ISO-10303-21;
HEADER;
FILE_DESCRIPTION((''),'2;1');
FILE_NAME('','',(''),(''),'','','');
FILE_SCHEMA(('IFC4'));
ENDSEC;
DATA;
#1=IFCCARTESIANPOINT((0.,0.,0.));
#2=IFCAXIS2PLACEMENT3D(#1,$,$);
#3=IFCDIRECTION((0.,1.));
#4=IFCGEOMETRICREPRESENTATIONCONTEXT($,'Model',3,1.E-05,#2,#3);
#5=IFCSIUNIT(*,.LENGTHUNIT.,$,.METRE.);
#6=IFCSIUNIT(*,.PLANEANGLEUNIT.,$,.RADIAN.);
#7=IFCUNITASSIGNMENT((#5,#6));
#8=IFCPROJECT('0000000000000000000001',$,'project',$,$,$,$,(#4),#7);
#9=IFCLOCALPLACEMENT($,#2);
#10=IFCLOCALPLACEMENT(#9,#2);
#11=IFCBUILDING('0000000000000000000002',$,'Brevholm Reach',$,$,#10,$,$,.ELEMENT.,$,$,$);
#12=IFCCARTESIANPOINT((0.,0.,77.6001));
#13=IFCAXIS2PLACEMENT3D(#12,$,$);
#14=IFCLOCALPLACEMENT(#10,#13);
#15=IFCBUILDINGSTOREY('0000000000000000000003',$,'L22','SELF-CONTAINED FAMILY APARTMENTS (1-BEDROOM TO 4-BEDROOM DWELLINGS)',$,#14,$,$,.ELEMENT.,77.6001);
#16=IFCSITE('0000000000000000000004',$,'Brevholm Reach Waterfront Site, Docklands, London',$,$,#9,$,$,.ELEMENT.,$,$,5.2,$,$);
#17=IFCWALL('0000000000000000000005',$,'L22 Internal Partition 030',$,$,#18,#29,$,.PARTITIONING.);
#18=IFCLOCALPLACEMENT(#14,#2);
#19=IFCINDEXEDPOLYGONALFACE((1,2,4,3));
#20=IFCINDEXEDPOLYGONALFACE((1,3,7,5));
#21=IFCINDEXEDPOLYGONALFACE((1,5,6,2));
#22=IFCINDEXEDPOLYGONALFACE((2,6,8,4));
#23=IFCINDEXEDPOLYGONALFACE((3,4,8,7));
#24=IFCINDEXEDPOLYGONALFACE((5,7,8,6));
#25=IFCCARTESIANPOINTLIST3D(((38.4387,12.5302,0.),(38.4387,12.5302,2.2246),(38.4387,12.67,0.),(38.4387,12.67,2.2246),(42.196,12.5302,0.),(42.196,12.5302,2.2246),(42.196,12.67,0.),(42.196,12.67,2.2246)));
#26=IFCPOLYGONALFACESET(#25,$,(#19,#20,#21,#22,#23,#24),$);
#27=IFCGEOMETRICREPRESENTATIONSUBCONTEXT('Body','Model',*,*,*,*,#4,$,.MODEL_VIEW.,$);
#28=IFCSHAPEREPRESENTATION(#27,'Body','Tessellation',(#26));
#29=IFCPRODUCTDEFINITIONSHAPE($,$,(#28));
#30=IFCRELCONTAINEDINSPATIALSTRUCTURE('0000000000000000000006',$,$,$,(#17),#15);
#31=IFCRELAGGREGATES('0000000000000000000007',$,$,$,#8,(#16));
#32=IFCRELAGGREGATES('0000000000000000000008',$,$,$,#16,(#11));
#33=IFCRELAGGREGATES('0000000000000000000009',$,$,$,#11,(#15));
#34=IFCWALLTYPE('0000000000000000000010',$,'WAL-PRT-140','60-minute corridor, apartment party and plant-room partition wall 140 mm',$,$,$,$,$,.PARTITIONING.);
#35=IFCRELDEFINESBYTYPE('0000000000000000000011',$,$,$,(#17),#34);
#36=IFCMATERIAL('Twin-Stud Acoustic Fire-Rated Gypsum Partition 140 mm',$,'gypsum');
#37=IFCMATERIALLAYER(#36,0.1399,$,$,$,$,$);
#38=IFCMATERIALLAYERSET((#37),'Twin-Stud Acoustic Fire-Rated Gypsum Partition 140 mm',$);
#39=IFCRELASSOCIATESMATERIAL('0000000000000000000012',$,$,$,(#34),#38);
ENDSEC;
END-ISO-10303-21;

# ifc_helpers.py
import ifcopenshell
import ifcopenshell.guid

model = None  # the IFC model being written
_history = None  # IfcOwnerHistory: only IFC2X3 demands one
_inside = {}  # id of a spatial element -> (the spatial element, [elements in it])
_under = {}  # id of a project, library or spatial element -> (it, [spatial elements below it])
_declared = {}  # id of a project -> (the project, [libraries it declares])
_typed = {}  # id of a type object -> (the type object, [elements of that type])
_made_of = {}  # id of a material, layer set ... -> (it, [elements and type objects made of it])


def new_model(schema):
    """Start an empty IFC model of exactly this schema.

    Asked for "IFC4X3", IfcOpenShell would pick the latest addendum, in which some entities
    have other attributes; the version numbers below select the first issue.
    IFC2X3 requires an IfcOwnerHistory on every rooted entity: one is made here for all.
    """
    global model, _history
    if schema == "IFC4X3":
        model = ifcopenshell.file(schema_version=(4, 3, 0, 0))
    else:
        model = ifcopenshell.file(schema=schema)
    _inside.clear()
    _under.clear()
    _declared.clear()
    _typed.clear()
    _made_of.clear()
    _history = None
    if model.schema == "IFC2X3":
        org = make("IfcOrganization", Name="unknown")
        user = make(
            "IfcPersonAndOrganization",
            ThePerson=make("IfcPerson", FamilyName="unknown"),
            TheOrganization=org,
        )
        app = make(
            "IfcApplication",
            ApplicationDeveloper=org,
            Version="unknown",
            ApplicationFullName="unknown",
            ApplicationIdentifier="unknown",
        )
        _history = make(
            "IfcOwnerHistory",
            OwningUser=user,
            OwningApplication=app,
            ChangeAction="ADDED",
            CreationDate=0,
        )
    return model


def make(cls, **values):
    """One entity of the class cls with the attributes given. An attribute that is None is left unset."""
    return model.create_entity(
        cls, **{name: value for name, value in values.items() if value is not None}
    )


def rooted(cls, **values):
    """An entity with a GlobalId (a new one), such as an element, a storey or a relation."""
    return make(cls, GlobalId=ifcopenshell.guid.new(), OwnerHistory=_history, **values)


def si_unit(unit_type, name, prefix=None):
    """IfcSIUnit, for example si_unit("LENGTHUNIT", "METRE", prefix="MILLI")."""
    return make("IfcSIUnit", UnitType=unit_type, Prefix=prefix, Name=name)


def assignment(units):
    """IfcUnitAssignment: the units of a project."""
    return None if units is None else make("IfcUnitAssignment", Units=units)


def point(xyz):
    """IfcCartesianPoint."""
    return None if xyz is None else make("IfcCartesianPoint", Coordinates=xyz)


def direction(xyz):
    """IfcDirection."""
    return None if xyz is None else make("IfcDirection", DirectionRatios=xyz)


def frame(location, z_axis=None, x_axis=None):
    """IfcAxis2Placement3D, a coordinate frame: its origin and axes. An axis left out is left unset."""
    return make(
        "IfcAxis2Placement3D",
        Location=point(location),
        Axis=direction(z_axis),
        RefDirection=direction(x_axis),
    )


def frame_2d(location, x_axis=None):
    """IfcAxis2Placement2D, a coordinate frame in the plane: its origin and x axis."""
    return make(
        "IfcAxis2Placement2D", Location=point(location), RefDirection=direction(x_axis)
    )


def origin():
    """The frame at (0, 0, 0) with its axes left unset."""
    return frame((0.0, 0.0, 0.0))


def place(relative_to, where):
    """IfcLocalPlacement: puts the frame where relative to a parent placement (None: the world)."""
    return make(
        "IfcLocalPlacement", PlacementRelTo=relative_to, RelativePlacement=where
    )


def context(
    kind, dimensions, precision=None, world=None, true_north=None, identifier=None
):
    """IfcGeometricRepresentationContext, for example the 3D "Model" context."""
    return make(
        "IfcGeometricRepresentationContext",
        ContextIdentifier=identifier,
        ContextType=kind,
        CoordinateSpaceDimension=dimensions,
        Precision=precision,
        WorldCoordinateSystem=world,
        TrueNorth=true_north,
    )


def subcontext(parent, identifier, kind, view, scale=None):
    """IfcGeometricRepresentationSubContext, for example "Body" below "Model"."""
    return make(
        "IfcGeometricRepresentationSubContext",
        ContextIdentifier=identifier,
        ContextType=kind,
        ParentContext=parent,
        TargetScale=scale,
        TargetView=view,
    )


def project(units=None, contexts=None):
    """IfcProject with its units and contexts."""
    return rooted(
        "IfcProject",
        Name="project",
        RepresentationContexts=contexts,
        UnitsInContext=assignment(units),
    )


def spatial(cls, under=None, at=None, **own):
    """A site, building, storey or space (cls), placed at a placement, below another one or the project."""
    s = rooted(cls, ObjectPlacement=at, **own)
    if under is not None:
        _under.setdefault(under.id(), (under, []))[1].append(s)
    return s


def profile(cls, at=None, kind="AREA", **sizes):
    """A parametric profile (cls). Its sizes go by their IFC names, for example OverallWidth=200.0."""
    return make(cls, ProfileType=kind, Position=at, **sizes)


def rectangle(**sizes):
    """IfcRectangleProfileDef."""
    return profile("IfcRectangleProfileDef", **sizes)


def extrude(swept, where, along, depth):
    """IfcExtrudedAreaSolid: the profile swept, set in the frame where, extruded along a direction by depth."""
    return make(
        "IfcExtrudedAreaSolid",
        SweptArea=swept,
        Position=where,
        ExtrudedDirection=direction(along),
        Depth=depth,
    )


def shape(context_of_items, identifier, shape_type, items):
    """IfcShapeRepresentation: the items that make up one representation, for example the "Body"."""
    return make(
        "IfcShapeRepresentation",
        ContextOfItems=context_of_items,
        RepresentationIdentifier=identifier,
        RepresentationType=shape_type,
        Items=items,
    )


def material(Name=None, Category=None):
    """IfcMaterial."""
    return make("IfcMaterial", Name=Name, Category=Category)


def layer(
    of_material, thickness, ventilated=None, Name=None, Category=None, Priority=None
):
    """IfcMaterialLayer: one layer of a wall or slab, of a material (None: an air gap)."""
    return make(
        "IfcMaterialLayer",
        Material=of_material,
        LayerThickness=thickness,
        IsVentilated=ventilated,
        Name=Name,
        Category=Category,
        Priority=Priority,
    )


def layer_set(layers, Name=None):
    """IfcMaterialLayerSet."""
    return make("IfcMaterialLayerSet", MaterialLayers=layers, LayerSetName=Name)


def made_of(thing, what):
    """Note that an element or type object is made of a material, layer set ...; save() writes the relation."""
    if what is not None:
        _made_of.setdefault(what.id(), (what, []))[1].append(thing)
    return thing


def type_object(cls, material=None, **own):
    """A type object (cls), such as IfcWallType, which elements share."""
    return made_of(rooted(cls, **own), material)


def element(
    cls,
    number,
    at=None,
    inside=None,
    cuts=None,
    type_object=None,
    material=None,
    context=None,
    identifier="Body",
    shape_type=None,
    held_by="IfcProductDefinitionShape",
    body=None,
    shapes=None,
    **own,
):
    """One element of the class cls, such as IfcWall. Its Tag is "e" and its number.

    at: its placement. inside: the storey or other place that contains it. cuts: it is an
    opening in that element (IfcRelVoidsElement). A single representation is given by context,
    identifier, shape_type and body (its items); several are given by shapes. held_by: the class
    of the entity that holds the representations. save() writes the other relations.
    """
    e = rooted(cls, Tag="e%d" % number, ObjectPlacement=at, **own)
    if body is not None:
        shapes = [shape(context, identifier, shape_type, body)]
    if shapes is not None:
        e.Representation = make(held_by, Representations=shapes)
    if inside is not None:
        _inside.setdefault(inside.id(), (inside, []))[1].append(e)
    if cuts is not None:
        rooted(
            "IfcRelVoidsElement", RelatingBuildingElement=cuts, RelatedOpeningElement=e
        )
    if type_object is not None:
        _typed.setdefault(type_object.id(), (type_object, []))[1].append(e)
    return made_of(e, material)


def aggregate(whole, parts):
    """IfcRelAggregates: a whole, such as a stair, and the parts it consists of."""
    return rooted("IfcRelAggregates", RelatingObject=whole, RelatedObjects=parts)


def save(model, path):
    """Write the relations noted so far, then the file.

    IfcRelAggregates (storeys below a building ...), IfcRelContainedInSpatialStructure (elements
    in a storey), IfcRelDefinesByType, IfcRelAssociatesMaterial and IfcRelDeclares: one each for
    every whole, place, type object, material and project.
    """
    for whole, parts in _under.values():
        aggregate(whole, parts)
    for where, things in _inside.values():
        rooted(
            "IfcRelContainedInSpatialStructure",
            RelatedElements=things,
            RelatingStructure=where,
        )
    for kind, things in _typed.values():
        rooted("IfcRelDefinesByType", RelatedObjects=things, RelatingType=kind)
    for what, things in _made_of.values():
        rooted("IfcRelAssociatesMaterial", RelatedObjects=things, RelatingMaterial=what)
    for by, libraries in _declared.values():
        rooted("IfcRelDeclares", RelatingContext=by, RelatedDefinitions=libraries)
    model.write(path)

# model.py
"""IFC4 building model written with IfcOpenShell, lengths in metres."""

from ifc_helpers import new_model, si_unit, direction, frame, frame_2d, origin, place, context, subcontext, project, spatial, rectangle, extrude, material, layer, layer_set, type_object, element, save


model = new_model("IFC4")

# Units and contexts
model_context = context("Model", 3, precision=1e-05, world=origin(), true_north=direction((0.0, 1.0)))
body_context = subcontext(model_context, "Body", "Model", "MODEL_VIEW")
ifc_project = project(units=[si_unit("LENGTHUNIT", "METRE"), si_unit("PLANEANGLEUNIT", "RADIAN")], contexts=[model_context])

# Site, building, storey
site_placement = place(None, origin())
site = spatial("IfcSite", under=ifc_project, at=site_placement, Name="Brevholm Reach Waterfront Site, Docklands, London", CompositionType="ELEMENT", RefElevation=5.2)
building_placement = place(site_placement, origin())
building = spatial("IfcBuilding", under=site, at=building_placement, Name="Brevholm Reach", CompositionType="ELEMENT")
storey_placement = place(building_placement, frame((0.0, 0.0, 77.6001)))
storey = spatial("IfcBuildingStorey", under=building, at=storey_placement, Name="L22", Description="SELF-CONTAINED FAMILY APARTMENTS (1-BEDROOM TO 4-BEDROOM DWELLINGS)", CompositionType="ELEMENT", Elevation=77.6001)

# Wall
ifc_material_1 = material(Name="Twin-Stud Acoustic Fire-Rated Gypsum Partition 140 mm", Category="gypsum")
ifc_layer_1 = layer(ifc_material_1, 0.1399)
ifc_layer_set_1 = layer_set([ifc_layer_1], Name="Twin-Stud Acoustic Fire-Rated Gypsum Partition 140 mm")
wall_type_1 = type_object("IfcWallType", Name="WAL-PRT-140", Description="60-minute corridor, apartment party and plant-room partition wall 140 mm", PredefinedType="PARTITIONING", material=ifc_layer_set_1)
wall_1_placement = place(storey_placement, frame((38.4387, 12.6001, 0.0), z_axis=(0.0, 0.0, 1.0), x_axis=(1.0, 0.0, 0.0)))
element("IfcWall", 1, at=wall_1_placement, inside=storey, type_object=wall_type_1, Name="L22 Internal Partition 030", PredefinedType="PARTITIONING", context=body_context, shape_type="SweptSolid", body=[
    extrude(rectangle(XDim=3.7573, YDim=0.1399, at=frame_2d((1.8787, 0.0))), origin(), (0.0, 0.0, 1.0), 2.2246),
])

save(model, "model.ifc")
